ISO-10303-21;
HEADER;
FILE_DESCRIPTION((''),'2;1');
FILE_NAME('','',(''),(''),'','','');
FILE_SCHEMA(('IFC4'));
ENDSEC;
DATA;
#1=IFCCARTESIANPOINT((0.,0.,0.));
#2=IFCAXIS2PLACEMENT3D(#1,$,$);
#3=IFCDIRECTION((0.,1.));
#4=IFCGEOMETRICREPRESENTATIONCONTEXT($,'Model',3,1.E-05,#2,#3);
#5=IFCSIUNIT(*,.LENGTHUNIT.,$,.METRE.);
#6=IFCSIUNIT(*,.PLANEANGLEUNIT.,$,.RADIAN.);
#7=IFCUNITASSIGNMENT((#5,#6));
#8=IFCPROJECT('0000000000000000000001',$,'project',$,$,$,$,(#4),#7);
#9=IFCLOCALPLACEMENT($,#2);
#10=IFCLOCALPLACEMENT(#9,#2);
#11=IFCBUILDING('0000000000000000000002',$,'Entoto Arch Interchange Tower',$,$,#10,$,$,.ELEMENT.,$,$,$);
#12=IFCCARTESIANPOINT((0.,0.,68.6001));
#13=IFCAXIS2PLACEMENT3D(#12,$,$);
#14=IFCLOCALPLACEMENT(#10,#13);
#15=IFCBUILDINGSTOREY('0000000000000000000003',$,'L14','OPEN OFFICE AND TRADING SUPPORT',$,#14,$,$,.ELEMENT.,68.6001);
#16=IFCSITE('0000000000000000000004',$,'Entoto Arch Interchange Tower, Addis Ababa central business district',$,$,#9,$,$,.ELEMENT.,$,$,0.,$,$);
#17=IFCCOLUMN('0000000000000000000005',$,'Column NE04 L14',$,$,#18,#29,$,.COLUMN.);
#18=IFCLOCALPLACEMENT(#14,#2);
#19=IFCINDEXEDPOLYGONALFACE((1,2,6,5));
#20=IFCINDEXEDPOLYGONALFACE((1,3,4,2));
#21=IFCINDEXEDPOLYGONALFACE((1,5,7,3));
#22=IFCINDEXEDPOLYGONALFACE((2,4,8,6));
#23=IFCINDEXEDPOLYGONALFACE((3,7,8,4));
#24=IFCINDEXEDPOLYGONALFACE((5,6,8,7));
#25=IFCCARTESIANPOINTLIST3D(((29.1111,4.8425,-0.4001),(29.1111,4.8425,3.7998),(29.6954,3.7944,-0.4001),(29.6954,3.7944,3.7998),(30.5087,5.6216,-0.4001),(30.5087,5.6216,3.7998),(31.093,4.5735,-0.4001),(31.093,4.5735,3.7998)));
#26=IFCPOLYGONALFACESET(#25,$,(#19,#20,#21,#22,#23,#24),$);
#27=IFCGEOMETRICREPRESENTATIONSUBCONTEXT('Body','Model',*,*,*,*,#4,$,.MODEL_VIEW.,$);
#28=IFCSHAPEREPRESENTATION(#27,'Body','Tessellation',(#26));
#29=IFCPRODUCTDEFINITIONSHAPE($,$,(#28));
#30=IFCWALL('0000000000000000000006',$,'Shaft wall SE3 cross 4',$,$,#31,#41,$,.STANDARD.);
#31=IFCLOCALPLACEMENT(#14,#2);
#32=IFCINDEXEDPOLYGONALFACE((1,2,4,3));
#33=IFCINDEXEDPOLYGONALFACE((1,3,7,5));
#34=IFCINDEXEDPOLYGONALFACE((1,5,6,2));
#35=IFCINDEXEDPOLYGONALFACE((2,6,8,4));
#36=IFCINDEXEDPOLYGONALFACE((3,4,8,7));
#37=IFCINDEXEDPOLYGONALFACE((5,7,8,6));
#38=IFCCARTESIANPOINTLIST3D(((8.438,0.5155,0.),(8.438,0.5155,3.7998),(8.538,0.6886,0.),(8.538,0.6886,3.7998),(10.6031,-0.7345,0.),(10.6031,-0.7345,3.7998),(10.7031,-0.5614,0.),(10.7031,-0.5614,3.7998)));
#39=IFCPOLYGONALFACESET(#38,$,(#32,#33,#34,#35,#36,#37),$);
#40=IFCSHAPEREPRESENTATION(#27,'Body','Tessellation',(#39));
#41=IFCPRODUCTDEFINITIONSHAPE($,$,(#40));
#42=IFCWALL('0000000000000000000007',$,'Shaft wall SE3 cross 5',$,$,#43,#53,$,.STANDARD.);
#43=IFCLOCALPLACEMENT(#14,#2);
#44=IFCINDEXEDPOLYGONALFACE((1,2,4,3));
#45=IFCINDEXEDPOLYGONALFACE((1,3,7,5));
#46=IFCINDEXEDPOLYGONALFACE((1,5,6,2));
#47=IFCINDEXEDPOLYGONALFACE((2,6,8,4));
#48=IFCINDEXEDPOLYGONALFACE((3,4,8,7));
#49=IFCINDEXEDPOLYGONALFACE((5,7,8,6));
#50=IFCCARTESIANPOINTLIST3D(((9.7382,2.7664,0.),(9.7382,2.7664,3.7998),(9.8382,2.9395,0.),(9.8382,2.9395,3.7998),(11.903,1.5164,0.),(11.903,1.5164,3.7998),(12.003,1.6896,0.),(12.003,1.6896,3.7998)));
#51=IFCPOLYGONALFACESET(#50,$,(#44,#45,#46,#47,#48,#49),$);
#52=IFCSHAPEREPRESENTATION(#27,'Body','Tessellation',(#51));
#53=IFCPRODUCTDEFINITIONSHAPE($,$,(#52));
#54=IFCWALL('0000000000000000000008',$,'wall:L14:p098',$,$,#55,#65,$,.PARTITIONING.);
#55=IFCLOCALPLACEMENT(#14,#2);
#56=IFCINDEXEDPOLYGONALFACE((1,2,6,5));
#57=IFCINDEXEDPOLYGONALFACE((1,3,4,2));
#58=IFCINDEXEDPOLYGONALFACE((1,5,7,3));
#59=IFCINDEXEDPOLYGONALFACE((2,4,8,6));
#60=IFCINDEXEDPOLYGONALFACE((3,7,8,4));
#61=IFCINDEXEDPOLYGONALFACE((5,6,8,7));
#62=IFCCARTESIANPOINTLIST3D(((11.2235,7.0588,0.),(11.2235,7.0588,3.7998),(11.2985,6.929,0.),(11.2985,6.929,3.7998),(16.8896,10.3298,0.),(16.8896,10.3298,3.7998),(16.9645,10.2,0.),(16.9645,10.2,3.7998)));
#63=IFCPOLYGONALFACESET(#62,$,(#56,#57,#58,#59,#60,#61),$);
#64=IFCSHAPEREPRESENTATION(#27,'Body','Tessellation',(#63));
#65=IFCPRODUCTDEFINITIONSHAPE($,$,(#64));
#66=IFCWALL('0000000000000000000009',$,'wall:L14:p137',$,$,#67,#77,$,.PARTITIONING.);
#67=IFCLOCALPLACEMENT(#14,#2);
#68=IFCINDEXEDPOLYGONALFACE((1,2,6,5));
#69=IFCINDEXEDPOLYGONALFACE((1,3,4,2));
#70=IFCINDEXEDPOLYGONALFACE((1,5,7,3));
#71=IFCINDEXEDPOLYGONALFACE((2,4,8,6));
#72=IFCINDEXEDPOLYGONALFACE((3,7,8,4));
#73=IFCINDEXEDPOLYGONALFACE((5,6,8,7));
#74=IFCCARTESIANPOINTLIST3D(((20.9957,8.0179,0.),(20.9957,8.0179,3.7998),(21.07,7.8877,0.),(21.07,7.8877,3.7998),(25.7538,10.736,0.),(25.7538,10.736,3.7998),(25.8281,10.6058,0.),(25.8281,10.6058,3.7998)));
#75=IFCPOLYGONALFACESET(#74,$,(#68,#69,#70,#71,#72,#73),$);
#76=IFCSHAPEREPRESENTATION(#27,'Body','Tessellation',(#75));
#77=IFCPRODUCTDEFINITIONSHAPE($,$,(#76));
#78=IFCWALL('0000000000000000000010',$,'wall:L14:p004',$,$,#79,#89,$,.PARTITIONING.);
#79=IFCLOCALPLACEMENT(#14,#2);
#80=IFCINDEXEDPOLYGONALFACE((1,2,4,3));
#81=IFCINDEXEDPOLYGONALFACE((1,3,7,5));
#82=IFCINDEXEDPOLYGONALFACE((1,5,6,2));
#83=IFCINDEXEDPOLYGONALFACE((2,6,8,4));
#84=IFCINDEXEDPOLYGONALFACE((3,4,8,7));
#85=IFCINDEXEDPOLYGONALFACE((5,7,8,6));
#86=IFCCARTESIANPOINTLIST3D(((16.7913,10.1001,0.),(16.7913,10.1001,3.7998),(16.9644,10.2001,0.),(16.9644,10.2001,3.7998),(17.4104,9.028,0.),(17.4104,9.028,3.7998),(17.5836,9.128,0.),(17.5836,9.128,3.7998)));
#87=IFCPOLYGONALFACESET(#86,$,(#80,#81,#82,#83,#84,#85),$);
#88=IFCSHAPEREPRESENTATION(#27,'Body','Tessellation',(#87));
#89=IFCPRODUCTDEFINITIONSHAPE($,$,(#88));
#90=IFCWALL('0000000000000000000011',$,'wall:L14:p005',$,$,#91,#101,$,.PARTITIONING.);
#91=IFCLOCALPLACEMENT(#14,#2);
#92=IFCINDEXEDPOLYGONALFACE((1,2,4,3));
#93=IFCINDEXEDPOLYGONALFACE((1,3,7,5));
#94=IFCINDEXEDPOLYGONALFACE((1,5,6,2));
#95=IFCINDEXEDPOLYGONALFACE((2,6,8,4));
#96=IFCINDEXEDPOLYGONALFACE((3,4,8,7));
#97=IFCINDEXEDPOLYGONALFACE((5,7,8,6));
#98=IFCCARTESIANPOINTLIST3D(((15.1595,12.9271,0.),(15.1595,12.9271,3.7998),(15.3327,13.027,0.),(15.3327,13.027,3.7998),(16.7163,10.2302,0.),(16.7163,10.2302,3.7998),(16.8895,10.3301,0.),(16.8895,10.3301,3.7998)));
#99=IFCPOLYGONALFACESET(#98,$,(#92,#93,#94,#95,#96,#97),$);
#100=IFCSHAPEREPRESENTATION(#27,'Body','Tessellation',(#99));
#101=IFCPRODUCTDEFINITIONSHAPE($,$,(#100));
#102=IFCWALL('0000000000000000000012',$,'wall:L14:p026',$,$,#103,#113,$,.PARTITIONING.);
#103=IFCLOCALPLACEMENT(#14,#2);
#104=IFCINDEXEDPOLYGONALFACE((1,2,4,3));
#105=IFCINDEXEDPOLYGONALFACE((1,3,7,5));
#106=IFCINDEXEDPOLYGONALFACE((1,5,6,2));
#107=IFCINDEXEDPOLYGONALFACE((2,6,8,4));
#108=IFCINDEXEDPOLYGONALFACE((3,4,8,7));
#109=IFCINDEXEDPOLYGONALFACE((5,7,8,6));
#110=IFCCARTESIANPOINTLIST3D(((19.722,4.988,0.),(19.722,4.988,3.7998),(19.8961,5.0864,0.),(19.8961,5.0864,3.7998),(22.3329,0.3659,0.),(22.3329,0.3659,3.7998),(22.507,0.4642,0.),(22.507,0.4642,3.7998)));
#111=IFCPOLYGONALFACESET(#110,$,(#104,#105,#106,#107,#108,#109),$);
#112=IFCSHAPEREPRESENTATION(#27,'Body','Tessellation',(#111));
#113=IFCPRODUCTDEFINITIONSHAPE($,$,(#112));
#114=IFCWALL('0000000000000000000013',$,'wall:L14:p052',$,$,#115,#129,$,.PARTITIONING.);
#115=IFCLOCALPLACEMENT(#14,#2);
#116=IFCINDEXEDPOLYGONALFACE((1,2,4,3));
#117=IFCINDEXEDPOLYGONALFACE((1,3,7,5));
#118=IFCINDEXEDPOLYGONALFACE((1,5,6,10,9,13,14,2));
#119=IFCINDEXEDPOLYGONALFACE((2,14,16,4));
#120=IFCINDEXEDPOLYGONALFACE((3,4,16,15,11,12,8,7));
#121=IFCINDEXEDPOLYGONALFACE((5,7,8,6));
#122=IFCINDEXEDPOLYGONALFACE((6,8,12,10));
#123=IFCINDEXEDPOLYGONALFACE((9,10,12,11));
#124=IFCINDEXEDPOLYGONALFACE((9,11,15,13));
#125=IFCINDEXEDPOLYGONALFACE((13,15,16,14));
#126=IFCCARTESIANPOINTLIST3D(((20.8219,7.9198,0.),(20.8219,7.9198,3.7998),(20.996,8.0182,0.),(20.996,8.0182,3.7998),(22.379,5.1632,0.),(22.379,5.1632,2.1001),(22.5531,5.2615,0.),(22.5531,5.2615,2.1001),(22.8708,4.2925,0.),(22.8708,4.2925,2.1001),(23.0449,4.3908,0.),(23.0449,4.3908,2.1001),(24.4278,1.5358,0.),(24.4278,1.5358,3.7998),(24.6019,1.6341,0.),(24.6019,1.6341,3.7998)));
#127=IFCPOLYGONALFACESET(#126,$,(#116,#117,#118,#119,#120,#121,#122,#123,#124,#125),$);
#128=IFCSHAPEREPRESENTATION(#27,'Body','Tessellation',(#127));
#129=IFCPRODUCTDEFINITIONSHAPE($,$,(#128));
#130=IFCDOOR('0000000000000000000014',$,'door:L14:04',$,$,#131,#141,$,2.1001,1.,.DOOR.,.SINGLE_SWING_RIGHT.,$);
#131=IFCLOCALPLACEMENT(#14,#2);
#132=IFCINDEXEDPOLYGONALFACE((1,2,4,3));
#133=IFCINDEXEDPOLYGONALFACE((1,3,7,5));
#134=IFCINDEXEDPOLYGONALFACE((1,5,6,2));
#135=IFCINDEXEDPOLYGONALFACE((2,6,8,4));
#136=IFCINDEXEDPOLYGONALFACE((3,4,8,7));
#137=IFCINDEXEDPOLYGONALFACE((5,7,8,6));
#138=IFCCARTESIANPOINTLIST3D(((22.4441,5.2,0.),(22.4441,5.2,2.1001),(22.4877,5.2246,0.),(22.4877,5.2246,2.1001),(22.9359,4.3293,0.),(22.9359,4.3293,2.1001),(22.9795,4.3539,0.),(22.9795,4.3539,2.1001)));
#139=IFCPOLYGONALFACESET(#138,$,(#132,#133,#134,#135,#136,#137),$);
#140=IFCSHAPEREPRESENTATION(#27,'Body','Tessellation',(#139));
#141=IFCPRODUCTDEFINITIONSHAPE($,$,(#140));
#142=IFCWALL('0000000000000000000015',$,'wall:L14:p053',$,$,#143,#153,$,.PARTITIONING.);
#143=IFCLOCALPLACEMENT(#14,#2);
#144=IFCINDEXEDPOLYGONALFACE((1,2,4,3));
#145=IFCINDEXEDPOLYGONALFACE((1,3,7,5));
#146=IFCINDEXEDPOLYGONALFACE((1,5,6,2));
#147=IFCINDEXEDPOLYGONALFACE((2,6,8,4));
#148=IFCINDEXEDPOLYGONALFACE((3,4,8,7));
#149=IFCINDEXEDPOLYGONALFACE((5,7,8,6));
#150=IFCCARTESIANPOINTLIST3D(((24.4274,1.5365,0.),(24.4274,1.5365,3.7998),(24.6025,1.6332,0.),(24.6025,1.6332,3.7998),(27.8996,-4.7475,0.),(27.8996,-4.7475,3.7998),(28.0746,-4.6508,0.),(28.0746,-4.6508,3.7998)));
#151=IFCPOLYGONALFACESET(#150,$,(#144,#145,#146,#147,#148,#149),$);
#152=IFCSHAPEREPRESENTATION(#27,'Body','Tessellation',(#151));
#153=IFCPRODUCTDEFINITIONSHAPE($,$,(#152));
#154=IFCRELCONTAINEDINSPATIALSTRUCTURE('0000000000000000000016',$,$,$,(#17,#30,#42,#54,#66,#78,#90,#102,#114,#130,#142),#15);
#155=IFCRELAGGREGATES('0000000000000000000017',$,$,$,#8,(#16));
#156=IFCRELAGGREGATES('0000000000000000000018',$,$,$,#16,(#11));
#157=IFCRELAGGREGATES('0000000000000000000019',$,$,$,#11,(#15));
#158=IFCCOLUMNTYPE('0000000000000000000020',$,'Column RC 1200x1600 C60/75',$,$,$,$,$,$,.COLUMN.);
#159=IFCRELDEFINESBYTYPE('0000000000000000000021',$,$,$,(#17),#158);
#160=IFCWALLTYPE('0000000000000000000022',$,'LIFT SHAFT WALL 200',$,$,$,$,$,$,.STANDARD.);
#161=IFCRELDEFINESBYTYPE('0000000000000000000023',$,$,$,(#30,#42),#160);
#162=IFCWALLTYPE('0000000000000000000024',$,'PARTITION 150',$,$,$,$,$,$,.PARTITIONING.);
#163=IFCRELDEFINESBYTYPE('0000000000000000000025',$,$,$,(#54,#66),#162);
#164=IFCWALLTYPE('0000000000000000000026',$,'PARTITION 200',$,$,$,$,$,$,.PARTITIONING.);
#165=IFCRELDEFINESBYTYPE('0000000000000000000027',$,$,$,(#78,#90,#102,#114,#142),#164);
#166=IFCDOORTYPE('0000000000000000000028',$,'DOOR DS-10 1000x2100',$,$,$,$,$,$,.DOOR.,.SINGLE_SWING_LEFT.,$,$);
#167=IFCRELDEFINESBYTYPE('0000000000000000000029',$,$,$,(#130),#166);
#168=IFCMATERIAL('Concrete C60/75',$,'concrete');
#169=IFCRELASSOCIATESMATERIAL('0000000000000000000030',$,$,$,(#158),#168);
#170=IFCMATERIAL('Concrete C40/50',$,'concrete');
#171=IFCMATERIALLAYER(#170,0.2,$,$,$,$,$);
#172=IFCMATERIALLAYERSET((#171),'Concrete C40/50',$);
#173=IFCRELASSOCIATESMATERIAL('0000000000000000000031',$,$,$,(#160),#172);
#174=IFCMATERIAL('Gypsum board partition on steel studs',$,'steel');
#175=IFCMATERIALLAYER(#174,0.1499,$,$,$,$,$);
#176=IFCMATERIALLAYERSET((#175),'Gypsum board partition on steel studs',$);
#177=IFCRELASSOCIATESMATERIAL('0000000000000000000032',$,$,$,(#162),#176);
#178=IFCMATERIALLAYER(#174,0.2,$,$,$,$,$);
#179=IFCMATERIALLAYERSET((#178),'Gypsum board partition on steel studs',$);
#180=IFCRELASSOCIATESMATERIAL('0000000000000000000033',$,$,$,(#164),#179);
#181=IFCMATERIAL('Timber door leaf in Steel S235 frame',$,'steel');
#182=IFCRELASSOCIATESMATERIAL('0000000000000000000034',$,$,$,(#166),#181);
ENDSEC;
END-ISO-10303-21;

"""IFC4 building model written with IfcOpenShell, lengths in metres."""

from ifc_helpers import new_model, si_unit, direction, frame, frame_2d, origin, origin_2d, place, context, subcontext, project, spatial, rectangle, extrude, material, layer, layer_set, material_profile, profile_set, type_object, element, fill, save


model = new_model("IFC4")

# Units and contexts
model_context = context("Model", 3, precision=1e-05, world=origin(), true_north=direction((0.0, 1.0)))
body_context = subcontext(model_context, "Body", "Model", "MODEL_VIEW")
ifc_project = project(units=[si_unit("LENGTHUNIT", "METRE"), si_unit("PLANEANGLEUNIT", "RADIAN")], contexts=[model_context])

# Site, building, storey
site_placement = place(None, origin())
site = spatial("IfcSite", under=ifc_project, at=site_placement, Name="Entoto Arch Interchange Tower, Addis Ababa central business district", CompositionType="ELEMENT", RefElevation=0.0)
building_placement = place(site_placement, origin())
building = spatial("IfcBuilding", under=site, at=building_placement, Name="Entoto Arch Interchange Tower", CompositionType="ELEMENT")
storey_placement = place(building_placement, frame((0.0, 0.0, 68.6001)))
storey = spatial("IfcBuildingStorey", under=building, at=storey_placement, Name="L14", Description="OPEN OFFICE AND TRADING SUPPORT", CompositionType="ELEMENT", Elevation=68.6001)

# Column
ifc_material_1 = material(Name="Concrete C60/75", Category="concrete")
ifc_material_profile = material_profile(ifc_material_1, rectangle(XDim=1.2, YDim=1.6001, at=origin_2d()))
ifc_profile_set = profile_set([ifc_material_profile], Name="Concrete C60/75")
column_type = type_object("IfcColumnType", Name="Column RC 1200x1600 C60/75", PredefinedType="COLUMN", material=ifc_profile_set)
column_placement = place(storey_placement, frame((30.1021, 4.708, -0.4001), z_axis=(0.0, 0.0, 1.0), x_axis=(-0.486915, 0.873449, 0.0)))
element("IfcColumn", 1, at=column_placement, inside=storey, type_object=column_type, Name="Column NE04 L14", PredefinedType="COLUMN", context=body_context, shape_type="SweptSolid", body=[
    extrude(rectangle(XDim=1.2, YDim=1.6001, at=origin_2d()), origin(), (0.0, 0.0, 1.0), 4.2),
])

# Walls
ifc_material_2 = material(Name="Concrete C40/50", Category="concrete")
ifc_layer_1 = layer(ifc_material_2, 0.2)
ifc_layer_set_1 = layer_set([ifc_layer_1], Name="Concrete C40/50")
wall_type_1 = type_object("IfcWallType", Name="LIFT SHAFT WALL 200", PredefinedType="STANDARD", material=ifc_layer_set_1)
wall_1_placement = place(storey_placement, frame((8.488, 0.6021, 0.0), z_axis=(0.0, 0.0, 1.0), x_axis=(0.866023, -0.500004, 0.0)))
element("IfcWall", 2, at=wall_1_placement, inside=storey, type_object=wall_type_1, Name="Shaft wall SE3 cross 4", PredefinedType="STANDARD", context=body_context, shape_type="SweptSolid", body=[
    extrude(rectangle(XDim=2.5, YDim=0.2, at=frame_2d((1.25, 0.0))), origin(), (0.0, 0.0, 1.0), 3.7998),
])
wall_2_placement = place(storey_placement, frame((9.7881, 2.853, 0.0), z_axis=(0.0, 0.0, 1.0), x_axis=(0.865999, -0.500047, 0.0)))
element("IfcWall", 3, at=wall_2_placement, inside=storey, type_object=wall_type_1, Name="Shaft wall SE3 cross 5", PredefinedType="STANDARD", context=body_context, shape_type="SweptSolid", body=[
    extrude(rectangle(XDim=2.4998, YDim=0.2, at=frame_2d((1.25, 0.0))), origin(), (0.0, 0.0, 1.0), 3.7998),
])
ifc_material_3 = material(Name="Gypsum board partition on steel studs", Category="steel")
ifc_layer_2 = layer(ifc_material_3, 0.1499)
ifc_layer_set_2 = layer_set([ifc_layer_2], Name="Gypsum board partition on steel studs")
wall_type_2 = type_object("IfcWallType", Name="PARTITION 150", PredefinedType="PARTITIONING", material=ifc_layer_set_2)
wall_3_placement = place(storey_placement, frame((11.261, 6.9939, 0.0), z_axis=(0.0, 0.0, 1.0), x_axis=(0.866044, 0.499968, 0.0)))
element("IfcWall", 4, at=wall_3_placement, inside=storey, type_object=wall_type_2, Name="wall:L14:p098", PredefinedType="PARTITIONING", context=body_context, shape_type="SweptSolid", body=[
    extrude(rectangle(XDim=6.5425, YDim=0.1499, at=frame_2d((3.2712, 0.0))), origin(), (0.0, 0.0, 1.0), 3.7998),
])
wall_4_placement = place(storey_placement, frame((21.033, 7.9529, 0.0), z_axis=(0.0, 0.0, 1.0), x_axis=(0.868312, 0.496019, 0.0)))
element("IfcWall", 5, at=wall_4_placement, inside=storey, type_object=wall_type_2, Name="wall:L14:p137", PredefinedType="PARTITIONING", context=body_context, shape_type="SweptSolid", body=[
    extrude(rectangle(XDim=5.4797, YDim=0.1499, at=frame_2d((2.7397, 0.0))), origin(), (0.0, 0.0, 1.0), 3.7998),
])
ifc_layer_3 = layer(ifc_material_3, 0.2)
ifc_layer_set_3 = layer_set([ifc_layer_3], Name="Gypsum board partition on steel studs")
wall_type_3 = type_object("IfcWallType", Name="PARTITION 200", PredefinedType="PARTITIONING", material=ifc_layer_set_3)
wall_5_placement = place(storey_placement, frame((17.4971, 9.0779, 0.0), z_axis=(0.0, 0.0, 1.0), x_axis=(-0.500126, 0.865952, 0.0)))
element("IfcWall", 6, at=wall_5_placement, inside=storey, type_object=wall_type_3, Name="wall:L14:p004", PredefinedType="PARTITIONING", context=body_context, shape_type="SweptSolid", body=[
    extrude(rectangle(XDim=1.238, YDim=0.2, at=frame_2d((0.6191, 0.0))), origin(), (0.0, 0.0, 1.0), 3.7998),
])
wall_6_placement = place(storey_placement, frame((16.803, 10.28, 0.0), z_axis=(0.0, 0.0, 1.0), x_axis=(-0.499942, 0.866059, 0.0)))
element("IfcWall", 7, at=wall_6_placement, inside=storey, type_object=wall_type_3, Name="wall:L14:p005", PredefinedType="PARTITIONING", context=body_context, shape_type="SweptSolid", body=[
    extrude(rectangle(XDim=3.114, YDim=0.2, at=frame_2d((1.5571, 0.0))), origin(), (0.0, 0.0, 1.0), 3.7998),
])
wall_7_placement = place(storey_placement, frame((22.4199, 0.415, 0.0), z_axis=(0.0, 0.0, 1.0), x_axis=(-0.491824, 0.870695, 0.0)))
element("IfcWall", 8, at=wall_7_placement, inside=storey, type_object=wall_type_3, Name="wall:L14:p026", PredefinedType="PARTITIONING", context=body_context, shape_type="SweptSolid", body=[
    extrude(rectangle(XDim=5.3086, YDim=0.2, at=frame_2d((2.6543, 0.0))), origin(), (0.0, 0.0, 1.0), 3.7998),
])

# Wall, opening, door
wall_8_placement = place(storey_placement, frame((20.9089, 7.969, 0.0), z_axis=(0.0, 0.0, 1.0), x_axis=(0.491808, -0.870704, 0.0)))
wall_8 = element("IfcWall", 9, at=wall_8_placement, inside=storey, type_object=wall_type_3, Name="wall:L14:p052", PredefinedType="PARTITIONING", context=body_context, shape_type="SweptSolid", body=[
    extrude(rectangle(XDim=7.332, YDim=0.2, at=frame_2d((3.666, 0.0))), origin(), (0.0, 0.0, 1.0), 3.7998),
])
opening_1_placement = place(wall_8_placement, frame((3.166, 0.0, 0.0)))
opening_1 = element("IfcOpeningElement", 10, at=opening_1_placement, cuts=wall_8, PredefinedType="OPENING", context=body_context, shape_type="SweptSolid", body=[
    extrude(rectangle(XDim=1.0, YDim=2.1001, at=frame_2d((0.5, 1.05))), frame((0.0, 0.1099, 0.0), z_axis=(0.0, -1.0, 0.0), x_axis=(1.0, 0.0, 0.0)), (0.0, 0.0, 1.0), 0.22),
])
ifc_material_4 = material(Name="Timber door leaf in Steel S235 frame", Category="steel")
door_type = type_object("IfcDoorType", Name="DOOR DS-10 1000x2100", OperationType="SINGLE_SWING_LEFT", PredefinedType="DOOR", material=ifc_material_4)
door_1_placement = place(opening_1_placement, origin())
door_1 = element("IfcDoor", 11, at=door_1_placement, inside=storey, type_object=door_type, Name="door:L14:04", OperationType="SINGLE_SWING_RIGHT", OverallHeight=2.1001, OverallWidth=1.0, PredefinedType="DOOR", context=body_context, shape_type="SweptSolid", body=[
    extrude(rectangle(XDim=1.0, YDim=2.1001, at=frame_2d((0.5, 1.05))), frame((0.0, 0.0249, 0.0), z_axis=(0.0, -1.0, 0.0), x_axis=(1.0, 0.0, 0.0)), (0.0, 0.0, 1.0), 0.05),
])
fill(opening_1, door_1)

# Wall
wall_9_placement = place(storey_placement, frame((24.5149, 1.585, 0.0), z_axis=(0.0, 0.0, 1.0), x_axis=(0.483629, -0.875273, 0.0)))
element("IfcWall", 12, at=wall_9_placement, inside=storey, type_object=wall_type_3, Name="wall:L14:p053", PredefinedType="PARTITIONING", context=body_context, shape_type="SweptSolid", body=[
    extrude(rectangle(XDim=7.1794, YDim=0.2, at=frame_2d((3.5898, 0.0))), origin(), (0.0, 0.0, 1.0), 3.7998),
])

save(model, "model.ifc")
